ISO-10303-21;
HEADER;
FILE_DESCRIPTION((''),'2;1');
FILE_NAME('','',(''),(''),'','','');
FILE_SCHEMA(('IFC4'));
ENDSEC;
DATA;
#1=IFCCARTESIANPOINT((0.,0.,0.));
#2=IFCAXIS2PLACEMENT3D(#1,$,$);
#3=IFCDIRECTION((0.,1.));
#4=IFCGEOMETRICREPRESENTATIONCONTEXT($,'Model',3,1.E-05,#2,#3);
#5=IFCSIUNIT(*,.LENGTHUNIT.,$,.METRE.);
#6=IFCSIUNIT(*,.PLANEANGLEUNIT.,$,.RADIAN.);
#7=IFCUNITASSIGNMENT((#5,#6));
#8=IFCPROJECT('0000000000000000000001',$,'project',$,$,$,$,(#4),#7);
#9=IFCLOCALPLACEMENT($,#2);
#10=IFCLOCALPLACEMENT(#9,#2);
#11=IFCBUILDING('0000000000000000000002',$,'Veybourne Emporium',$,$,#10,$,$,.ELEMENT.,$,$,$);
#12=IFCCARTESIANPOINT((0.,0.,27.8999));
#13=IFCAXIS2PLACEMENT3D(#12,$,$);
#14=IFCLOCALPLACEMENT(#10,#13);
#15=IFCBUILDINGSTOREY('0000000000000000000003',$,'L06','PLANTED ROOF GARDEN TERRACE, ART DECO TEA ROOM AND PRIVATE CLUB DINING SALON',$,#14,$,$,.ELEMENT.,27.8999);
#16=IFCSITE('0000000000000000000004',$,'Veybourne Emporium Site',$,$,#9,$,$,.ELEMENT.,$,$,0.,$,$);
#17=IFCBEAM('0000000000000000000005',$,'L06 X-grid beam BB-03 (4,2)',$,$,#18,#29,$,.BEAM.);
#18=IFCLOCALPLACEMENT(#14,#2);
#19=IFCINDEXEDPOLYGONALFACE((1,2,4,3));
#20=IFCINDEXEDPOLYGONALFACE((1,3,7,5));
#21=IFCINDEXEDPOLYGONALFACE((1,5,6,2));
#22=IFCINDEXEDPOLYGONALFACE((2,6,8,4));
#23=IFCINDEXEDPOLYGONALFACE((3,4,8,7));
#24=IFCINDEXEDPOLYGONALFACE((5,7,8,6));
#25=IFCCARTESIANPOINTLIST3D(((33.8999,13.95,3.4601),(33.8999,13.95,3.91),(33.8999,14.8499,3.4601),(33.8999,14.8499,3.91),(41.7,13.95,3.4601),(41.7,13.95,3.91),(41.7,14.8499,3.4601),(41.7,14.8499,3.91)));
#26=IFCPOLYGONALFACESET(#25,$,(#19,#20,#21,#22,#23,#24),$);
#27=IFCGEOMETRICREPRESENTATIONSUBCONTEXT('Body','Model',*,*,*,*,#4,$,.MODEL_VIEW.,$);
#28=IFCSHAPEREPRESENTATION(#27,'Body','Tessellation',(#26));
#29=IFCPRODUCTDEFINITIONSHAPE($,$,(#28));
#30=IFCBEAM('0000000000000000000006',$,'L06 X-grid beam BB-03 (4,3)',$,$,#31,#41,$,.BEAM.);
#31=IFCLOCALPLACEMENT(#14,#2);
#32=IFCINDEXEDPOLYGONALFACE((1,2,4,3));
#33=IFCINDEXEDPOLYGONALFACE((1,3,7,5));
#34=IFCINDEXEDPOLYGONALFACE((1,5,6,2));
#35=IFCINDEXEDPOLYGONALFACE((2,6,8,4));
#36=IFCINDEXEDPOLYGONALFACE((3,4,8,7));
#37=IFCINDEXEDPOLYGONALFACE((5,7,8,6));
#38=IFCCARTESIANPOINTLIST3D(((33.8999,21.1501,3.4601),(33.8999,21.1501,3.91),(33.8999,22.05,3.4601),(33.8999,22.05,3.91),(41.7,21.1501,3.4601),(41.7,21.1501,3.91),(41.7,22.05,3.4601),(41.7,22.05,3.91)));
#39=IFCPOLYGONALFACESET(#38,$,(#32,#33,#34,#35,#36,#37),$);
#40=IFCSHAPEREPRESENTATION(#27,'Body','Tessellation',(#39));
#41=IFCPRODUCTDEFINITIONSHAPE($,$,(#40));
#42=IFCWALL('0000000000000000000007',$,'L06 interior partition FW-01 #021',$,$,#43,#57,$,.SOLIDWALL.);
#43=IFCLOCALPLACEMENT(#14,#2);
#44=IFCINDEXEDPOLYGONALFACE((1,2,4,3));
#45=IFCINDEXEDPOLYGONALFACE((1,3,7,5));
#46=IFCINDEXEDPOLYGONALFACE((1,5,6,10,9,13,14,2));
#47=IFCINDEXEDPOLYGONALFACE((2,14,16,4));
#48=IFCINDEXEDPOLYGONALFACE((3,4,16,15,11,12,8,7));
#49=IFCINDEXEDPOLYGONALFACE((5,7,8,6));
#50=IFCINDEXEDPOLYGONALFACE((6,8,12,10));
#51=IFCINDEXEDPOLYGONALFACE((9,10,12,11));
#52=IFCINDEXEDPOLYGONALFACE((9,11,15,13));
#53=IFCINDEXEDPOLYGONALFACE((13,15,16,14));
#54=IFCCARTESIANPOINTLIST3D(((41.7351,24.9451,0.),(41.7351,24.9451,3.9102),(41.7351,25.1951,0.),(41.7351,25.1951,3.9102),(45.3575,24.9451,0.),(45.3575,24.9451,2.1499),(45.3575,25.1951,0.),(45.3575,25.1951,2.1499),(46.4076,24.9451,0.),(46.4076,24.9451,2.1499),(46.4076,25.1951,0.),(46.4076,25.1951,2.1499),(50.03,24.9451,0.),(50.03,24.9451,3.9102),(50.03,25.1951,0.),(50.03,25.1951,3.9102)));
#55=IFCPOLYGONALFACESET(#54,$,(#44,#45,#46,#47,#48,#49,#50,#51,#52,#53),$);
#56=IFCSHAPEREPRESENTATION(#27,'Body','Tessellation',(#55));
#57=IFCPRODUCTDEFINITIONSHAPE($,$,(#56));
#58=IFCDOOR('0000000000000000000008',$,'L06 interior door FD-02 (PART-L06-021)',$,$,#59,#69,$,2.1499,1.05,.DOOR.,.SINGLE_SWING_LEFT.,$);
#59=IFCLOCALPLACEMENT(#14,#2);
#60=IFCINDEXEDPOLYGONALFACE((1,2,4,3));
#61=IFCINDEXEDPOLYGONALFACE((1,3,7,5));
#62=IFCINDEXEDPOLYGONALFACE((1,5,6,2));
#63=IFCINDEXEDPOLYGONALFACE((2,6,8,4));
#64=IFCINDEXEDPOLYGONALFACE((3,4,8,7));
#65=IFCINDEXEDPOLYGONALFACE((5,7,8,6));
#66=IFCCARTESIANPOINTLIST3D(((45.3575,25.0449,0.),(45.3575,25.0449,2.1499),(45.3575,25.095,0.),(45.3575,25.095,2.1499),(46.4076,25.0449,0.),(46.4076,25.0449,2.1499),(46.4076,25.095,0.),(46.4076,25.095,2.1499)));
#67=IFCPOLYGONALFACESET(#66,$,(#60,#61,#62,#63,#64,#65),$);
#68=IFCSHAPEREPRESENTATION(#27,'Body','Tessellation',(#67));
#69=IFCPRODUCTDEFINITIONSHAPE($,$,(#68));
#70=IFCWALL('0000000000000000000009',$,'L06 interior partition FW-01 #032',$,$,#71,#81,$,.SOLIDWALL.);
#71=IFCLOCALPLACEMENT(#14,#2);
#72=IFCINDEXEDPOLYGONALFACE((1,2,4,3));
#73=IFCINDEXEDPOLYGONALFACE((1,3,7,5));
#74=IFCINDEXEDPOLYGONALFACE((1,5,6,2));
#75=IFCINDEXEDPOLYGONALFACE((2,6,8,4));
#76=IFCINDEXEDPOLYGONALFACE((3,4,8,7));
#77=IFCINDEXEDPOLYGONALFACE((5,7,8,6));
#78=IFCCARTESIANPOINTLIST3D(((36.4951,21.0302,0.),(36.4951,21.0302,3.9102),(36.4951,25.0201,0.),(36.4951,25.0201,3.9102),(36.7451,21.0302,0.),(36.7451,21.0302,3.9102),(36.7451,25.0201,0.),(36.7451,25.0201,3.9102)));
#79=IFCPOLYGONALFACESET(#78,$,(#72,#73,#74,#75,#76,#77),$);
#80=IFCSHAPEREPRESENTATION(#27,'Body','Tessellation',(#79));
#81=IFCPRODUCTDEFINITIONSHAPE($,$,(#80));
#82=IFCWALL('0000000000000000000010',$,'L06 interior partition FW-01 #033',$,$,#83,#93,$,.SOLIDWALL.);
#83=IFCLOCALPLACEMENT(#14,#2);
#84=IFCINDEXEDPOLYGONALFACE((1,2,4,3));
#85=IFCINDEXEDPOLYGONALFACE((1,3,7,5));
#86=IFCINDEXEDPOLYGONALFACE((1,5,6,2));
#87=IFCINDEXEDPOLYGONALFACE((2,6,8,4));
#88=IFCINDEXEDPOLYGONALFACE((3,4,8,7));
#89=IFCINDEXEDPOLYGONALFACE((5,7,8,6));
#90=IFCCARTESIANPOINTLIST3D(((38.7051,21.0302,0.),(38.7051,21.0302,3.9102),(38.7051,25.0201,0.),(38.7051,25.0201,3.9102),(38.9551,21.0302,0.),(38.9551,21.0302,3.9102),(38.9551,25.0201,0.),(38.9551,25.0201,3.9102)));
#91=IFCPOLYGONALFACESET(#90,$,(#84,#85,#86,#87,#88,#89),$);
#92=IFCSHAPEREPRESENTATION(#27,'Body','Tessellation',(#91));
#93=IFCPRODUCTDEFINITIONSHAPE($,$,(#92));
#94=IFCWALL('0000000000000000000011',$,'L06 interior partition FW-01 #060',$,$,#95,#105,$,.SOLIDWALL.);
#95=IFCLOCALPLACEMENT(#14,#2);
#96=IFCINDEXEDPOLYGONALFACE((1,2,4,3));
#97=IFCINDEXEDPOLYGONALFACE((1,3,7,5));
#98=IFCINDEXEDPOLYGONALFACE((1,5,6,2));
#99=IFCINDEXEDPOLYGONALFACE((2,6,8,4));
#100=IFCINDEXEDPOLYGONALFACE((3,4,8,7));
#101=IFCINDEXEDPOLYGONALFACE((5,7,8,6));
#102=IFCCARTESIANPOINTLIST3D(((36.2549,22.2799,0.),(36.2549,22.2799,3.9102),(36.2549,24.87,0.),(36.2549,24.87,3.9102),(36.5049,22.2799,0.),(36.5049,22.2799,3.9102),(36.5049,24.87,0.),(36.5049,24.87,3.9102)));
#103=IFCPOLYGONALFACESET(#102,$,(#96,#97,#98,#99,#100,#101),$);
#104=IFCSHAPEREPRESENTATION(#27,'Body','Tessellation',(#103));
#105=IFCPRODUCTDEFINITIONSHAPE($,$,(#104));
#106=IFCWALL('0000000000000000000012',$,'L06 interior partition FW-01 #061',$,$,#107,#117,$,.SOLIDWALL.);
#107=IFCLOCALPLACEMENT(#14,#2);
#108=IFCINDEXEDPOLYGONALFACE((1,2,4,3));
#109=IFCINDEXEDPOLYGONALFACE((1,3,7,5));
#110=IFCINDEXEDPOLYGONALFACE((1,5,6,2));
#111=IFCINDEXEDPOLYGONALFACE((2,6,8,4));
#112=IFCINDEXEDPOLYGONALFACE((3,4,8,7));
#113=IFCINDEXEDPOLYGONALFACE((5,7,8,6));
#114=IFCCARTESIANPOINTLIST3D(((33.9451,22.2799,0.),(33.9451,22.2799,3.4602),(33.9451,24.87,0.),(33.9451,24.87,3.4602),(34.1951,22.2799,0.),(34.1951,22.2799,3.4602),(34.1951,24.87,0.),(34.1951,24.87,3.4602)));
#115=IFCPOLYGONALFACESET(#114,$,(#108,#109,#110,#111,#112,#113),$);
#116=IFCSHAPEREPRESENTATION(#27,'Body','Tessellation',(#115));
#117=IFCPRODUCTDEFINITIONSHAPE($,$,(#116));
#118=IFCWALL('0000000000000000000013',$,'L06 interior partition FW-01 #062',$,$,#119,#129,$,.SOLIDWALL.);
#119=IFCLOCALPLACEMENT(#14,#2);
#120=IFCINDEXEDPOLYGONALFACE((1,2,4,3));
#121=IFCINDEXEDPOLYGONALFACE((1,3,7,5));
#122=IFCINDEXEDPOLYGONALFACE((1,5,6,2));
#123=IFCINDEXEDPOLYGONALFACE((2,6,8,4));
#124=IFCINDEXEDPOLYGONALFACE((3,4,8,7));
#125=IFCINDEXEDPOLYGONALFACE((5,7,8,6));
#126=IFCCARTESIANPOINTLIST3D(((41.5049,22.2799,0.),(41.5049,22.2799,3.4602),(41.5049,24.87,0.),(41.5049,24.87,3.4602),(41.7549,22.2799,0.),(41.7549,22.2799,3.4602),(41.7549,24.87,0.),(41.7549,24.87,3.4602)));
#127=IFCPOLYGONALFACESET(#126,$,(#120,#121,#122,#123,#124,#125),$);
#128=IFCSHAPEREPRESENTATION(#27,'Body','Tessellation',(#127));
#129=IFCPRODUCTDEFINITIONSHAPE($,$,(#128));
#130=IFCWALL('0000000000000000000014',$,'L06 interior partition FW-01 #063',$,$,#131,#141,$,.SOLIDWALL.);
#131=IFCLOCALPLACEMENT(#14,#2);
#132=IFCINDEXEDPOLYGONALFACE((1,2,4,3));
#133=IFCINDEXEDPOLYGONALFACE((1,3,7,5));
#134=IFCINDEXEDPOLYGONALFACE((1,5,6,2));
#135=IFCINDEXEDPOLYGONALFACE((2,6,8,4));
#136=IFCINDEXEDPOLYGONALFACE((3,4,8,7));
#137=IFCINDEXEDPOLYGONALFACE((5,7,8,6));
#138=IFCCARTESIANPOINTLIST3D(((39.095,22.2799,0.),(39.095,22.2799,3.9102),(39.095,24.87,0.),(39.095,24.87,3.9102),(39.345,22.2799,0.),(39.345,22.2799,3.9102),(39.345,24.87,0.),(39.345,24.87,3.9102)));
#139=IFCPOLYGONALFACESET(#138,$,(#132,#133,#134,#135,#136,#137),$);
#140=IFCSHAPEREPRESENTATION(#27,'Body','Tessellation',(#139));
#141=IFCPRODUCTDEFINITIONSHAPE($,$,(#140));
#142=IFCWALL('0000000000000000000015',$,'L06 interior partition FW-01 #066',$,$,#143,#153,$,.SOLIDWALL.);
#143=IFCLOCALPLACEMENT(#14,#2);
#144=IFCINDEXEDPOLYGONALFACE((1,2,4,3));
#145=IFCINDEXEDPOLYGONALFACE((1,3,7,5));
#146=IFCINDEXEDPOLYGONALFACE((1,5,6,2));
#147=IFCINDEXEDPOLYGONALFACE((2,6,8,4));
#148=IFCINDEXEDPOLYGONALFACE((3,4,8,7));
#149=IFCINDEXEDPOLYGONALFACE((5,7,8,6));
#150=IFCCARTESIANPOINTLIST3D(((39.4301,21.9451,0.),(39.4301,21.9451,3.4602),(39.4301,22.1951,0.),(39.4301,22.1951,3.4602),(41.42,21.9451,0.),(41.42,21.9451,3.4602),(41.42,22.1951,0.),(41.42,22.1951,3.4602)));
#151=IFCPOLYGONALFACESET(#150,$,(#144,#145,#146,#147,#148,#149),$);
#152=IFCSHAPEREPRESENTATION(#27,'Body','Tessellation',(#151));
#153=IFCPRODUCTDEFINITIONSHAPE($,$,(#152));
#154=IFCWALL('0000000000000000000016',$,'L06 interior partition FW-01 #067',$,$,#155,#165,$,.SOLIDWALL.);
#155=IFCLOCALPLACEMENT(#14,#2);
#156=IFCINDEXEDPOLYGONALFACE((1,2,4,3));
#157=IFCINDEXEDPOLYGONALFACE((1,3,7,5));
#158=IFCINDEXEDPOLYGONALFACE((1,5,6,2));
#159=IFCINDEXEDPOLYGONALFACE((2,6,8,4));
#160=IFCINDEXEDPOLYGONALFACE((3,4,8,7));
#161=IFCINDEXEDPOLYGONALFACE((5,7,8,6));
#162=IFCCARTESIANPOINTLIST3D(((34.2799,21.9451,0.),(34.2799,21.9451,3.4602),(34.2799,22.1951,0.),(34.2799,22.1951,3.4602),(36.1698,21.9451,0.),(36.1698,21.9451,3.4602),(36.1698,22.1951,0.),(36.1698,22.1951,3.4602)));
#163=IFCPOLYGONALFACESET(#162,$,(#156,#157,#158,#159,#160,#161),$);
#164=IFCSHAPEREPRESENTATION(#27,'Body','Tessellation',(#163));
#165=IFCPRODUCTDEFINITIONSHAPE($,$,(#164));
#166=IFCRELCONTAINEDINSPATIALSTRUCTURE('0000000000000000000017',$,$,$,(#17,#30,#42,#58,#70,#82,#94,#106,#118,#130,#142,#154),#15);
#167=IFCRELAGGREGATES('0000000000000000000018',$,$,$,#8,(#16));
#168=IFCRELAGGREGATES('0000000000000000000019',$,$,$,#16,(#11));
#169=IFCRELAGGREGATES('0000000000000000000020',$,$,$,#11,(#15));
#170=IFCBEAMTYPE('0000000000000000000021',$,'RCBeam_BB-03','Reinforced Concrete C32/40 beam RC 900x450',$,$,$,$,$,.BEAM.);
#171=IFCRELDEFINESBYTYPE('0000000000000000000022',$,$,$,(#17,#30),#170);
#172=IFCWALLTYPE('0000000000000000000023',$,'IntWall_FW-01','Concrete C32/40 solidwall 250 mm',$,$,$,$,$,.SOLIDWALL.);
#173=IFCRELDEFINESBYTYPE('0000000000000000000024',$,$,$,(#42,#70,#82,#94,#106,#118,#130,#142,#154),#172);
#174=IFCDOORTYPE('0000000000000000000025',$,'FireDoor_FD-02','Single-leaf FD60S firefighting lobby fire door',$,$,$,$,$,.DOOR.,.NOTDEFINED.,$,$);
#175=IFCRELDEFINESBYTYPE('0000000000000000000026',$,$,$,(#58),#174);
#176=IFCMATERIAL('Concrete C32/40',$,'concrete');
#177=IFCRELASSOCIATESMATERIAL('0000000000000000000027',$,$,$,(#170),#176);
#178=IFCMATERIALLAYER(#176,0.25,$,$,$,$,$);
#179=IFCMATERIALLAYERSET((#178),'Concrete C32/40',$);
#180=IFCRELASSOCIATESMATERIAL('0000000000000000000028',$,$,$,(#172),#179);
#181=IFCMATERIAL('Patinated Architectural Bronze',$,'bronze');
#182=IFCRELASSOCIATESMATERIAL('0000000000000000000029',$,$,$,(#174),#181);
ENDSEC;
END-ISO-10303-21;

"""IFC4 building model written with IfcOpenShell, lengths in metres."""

from ifc_helpers import new_model, si_unit, direction, frame, frame_2d, origin, origin_2d, place, context, subcontext, project, spatial, rectangle, extrude, material, layer, layer_set, material_profile, profile_set, type_object, element, fill, save


model = new_model("IFC4")

# Units and contexts
model_context = context("Model", 3, precision=1e-05, world=origin(), true_north=direction((0.0, 1.0)))
body_context = subcontext(model_context, "Body", "Model", "MODEL_VIEW")
ifc_project = project(units=[si_unit("LENGTHUNIT", "METRE"), si_unit("PLANEANGLEUNIT", "RADIAN")], contexts=[model_context])

# Site, building, storey
site_placement = place(None, origin())
site = spatial("IfcSite", under=ifc_project, at=site_placement, Name="Veybourne Emporium Site", CompositionType="ELEMENT", RefElevation=0.0)
building_placement = place(site_placement, origin())
building = spatial("IfcBuilding", under=site, at=building_placement, Name="Veybourne Emporium", CompositionType="ELEMENT")
storey_placement = place(building_placement, frame((0.0, 0.0, 27.8999)))
storey = spatial("IfcBuildingStorey", under=building, at=storey_placement, Name="L06", Description="PLANTED ROOF GARDEN TERRACE, ART DECO TEA ROOM AND PRIVATE CLUB DINING SALON", CompositionType="ELEMENT", Elevation=27.8999)

# Beams
ifc_material_1 = material(Name="Concrete C32/40", Category="concrete")
ifc_material_profile = material_profile(ifc_material_1, rectangle(XDim=0.8999, YDim=0.45, at=origin_2d()), Name="RC 900x450")
ifc_profile_set = profile_set([ifc_material_profile], Name="Concrete C32/40")
beam_type = type_object("IfcBeamType", Name="RCBeam_BB-03", Description="Reinforced Concrete C32/40 beam RC 900x450", PredefinedType="BEAM", material=ifc_profile_set)
for number, where, z_axis, x_axis, name in (
    (1, (33.8999, 14.3999, 3.6851), (1.0, 0.0, 0.0), (0.0, 1.0, 0.0), "L06 X-grid beam BB-03 (4,2)"),
    (2, (33.8999, 21.6001, 3.6851), (1.0, 0.0, 0.0), (0.0, 1.0, 0.0), "L06 X-grid beam BB-03 (4,3)"),
):
    element("IfcBeam", number, at=place(storey_placement, frame(where, z_axis=z_axis, x_axis=x_axis)), inside=storey, type_object=beam_type, Name=name, PredefinedType="BEAM", context=body_context, shape_type="SweptSolid", body=[
        extrude(rectangle(XDim=0.8999, YDim=0.45, at=origin_2d()), origin(), (0.0, 0.0, 1.0), 7.8),
    ])

# Wall, opening, door
ifc_layer_1 = layer(ifc_material_1, 0.25)
ifc_layer_set_1 = layer_set([ifc_layer_1], Name="Concrete C32/40")
wall_type_1 = type_object("IfcWallType", Name="IntWall_FW-01", Description="Concrete C32/40 solidwall 250 mm", PredefinedType="SOLIDWALL", material=ifc_layer_set_1)
wall_1_placement = place(storey_placement, frame((41.7351, 25.0701, 0.0), z_axis=(0.0, 0.0, 1.0), x_axis=(1.0, 0.0, 0.0)))
wall_1 = element("IfcWall", 3, at=wall_1_placement, inside=storey, type_object=wall_type_1, Name="L06 interior partition FW-01 #021", PredefinedType="SOLIDWALL", context=body_context, shape_type="SweptSolid", body=[
    extrude(rectangle(XDim=8.2949, YDim=0.25, at=frame_2d((4.1475, 0.0))), origin(), (0.0, 0.0, 1.0), 3.9102),
])
opening_1_placement = place(wall_1_placement, frame((3.6226, 0.0, 0.0)))
opening_1 = element("IfcOpeningElement", 4, at=opening_1_placement, cuts=wall_1, PredefinedType="OPENING", context=body_context, shape_type="SweptSolid", body=[
    extrude(rectangle(XDim=1.05, YDim=2.1499, at=frame_2d((0.5249, 1.075))), frame((0.0, 0.145, 0.0), z_axis=(0.0, -1.0, 0.0), x_axis=(1.0, 0.0, 0.0)), (0.0, 0.0, 1.0), 0.29),
])
ifc_material_2 = material(Name="Patinated Architectural Bronze", Category="bronze")
door_type_1 = type_object("IfcDoorType", Name="FireDoor_FD-02", Description="Single-leaf FD60S firefighting lobby fire door", OperationType="NOTDEFINED", PredefinedType="DOOR", material=ifc_material_2)
door_1_placement = place(opening_1_placement, origin())
door_1 = element("IfcDoor", 5, at=door_1_placement, inside=storey, type_object=door_type_1, Name="L06 interior door FD-02 (PART-L06-021)", OperationType="SINGLE_SWING_LEFT", OverallHeight=2.1499, OverallWidth=1.05, PredefinedType="DOOR", context=body_context, shape_type="SweptSolid", body=[
    extrude(rectangle(XDim=1.05, YDim=2.1499, at=frame_2d((0.5249, 1.075))), frame((0.0, 0.0249, 0.0), z_axis=(0.0, -1.0, 0.0), x_axis=(1.0, 0.0, 0.0)), (0.0, 0.0, 1.0), 0.05),
])
fill(opening_1, door_1)

# Walls
for number, where, z_axis, x_axis, name in (
    (6, (36.6201, 21.03, 0.0), (0.0, 0.0, 1.0), (0.0, 1.0, 0.0), "L06 interior partition FW-01 #032"),
    (7, (38.8301, 21.03, 0.0), (0.0, 0.0, 1.0), (0.0, 1.0, 0.0), "L06 interior partition FW-01 #033"),
):
    element("IfcWall", number, at=place(storey_placement, frame(where, z_axis=z_axis, x_axis=x_axis)), inside=storey, type_object=wall_type_1, Name=name, PredefinedType="SOLIDWALL", context=body_context, shape_type="SweptSolid", body=[
        extrude(rectangle(XDim=3.99, YDim=0.25, at=frame_2d((1.9951, 0.0))), origin(), (0.0, 0.0, 1.0), 3.9102),
    ])

# Walls
wall_2_placement = place(storey_placement, frame((36.3799, 22.28, 0.0), z_axis=(0.0, 0.0, 1.0), x_axis=(0.0, 1.0, 0.0)))
element("IfcWall", 8, at=wall_2_placement, inside=storey, type_object=wall_type_1, Name="L06 interior partition FW-01 #060", PredefinedType="SOLIDWALL", context=body_context, shape_type="SweptSolid", body=[
    extrude(rectangle(XDim=2.5901, YDim=0.25, at=frame_2d((1.2949, 0.0))), origin(), (0.0, 0.0, 1.0), 3.9102),
])
for number, where, z_axis, x_axis, name in (
    (9, (34.0701, 22.28, 0.0), (0.0, 0.0, 1.0), (0.0, 1.0, 0.0), "L06 interior partition FW-01 #061"),
    (10, (41.6299, 22.28, 0.0), (0.0, 0.0, 1.0), (0.0, 1.0, 0.0), "L06 interior partition FW-01 #062"),
):
    element("IfcWall", number, at=place(storey_placement, frame(where, z_axis=z_axis, x_axis=x_axis)), inside=storey, type_object=wall_type_1, Name=name, PredefinedType="SOLIDWALL", context=body_context, shape_type="SweptSolid", body=[
        extrude(rectangle(XDim=2.5901, YDim=0.25, at=frame_2d((1.2949, 0.0))), origin(), (0.0, 0.0, 1.0), 3.4602),
    ])
wall_3_placement = place(storey_placement, frame((39.22, 22.28, 0.0), z_axis=(0.0, 0.0, 1.0), x_axis=(0.0, 1.0, 0.0)))
element("IfcWall", 11, at=wall_3_placement, inside=storey, type_object=wall_type_1, Name="L06 interior partition FW-01 #063", PredefinedType="SOLIDWALL", context=body_context, shape_type="SweptSolid", body=[
    extrude(rectangle(XDim=2.5901, YDim=0.25, at=frame_2d((1.2949, 0.0))), origin(), (0.0, 0.0, 1.0), 3.9102),
])
wall_4_placement = place(storey_placement, frame((39.4299, 22.0701, 0.0), z_axis=(0.0, 0.0, 1.0), x_axis=(1.0, 0.0, 0.0)))
element("IfcWall", 12, at=wall_4_placement, inside=storey, type_object=wall_type_1, Name="L06 interior partition FW-01 #066", PredefinedType="SOLIDWALL", context=body_context, shape_type="SweptSolid", body=[
    extrude(rectangle(XDim=1.99, YDim=0.25, at=frame_2d((0.9951, 0.0))), origin(), (0.0, 0.0, 1.0), 3.4602),
])
wall_5_placement = place(storey_placement, frame((34.28, 22.0701, 0.0), z_axis=(0.0, 0.0, 1.0), x_axis=(1.0, 0.0, 0.0)))
element("IfcWall", 13, at=wall_5_placement, inside=storey, type_object=wall_type_1, Name="L06 interior partition FW-01 #067", PredefinedType="SOLIDWALL", context=body_context, shape_type="SweptSolid", body=[
    extrude(rectangle(XDim=1.8899, YDim=0.25, at=frame_2d((0.9448, 0.0))), origin(), (0.0, 0.0, 1.0), 3.4602),
])

save(model, "model.ifc")
